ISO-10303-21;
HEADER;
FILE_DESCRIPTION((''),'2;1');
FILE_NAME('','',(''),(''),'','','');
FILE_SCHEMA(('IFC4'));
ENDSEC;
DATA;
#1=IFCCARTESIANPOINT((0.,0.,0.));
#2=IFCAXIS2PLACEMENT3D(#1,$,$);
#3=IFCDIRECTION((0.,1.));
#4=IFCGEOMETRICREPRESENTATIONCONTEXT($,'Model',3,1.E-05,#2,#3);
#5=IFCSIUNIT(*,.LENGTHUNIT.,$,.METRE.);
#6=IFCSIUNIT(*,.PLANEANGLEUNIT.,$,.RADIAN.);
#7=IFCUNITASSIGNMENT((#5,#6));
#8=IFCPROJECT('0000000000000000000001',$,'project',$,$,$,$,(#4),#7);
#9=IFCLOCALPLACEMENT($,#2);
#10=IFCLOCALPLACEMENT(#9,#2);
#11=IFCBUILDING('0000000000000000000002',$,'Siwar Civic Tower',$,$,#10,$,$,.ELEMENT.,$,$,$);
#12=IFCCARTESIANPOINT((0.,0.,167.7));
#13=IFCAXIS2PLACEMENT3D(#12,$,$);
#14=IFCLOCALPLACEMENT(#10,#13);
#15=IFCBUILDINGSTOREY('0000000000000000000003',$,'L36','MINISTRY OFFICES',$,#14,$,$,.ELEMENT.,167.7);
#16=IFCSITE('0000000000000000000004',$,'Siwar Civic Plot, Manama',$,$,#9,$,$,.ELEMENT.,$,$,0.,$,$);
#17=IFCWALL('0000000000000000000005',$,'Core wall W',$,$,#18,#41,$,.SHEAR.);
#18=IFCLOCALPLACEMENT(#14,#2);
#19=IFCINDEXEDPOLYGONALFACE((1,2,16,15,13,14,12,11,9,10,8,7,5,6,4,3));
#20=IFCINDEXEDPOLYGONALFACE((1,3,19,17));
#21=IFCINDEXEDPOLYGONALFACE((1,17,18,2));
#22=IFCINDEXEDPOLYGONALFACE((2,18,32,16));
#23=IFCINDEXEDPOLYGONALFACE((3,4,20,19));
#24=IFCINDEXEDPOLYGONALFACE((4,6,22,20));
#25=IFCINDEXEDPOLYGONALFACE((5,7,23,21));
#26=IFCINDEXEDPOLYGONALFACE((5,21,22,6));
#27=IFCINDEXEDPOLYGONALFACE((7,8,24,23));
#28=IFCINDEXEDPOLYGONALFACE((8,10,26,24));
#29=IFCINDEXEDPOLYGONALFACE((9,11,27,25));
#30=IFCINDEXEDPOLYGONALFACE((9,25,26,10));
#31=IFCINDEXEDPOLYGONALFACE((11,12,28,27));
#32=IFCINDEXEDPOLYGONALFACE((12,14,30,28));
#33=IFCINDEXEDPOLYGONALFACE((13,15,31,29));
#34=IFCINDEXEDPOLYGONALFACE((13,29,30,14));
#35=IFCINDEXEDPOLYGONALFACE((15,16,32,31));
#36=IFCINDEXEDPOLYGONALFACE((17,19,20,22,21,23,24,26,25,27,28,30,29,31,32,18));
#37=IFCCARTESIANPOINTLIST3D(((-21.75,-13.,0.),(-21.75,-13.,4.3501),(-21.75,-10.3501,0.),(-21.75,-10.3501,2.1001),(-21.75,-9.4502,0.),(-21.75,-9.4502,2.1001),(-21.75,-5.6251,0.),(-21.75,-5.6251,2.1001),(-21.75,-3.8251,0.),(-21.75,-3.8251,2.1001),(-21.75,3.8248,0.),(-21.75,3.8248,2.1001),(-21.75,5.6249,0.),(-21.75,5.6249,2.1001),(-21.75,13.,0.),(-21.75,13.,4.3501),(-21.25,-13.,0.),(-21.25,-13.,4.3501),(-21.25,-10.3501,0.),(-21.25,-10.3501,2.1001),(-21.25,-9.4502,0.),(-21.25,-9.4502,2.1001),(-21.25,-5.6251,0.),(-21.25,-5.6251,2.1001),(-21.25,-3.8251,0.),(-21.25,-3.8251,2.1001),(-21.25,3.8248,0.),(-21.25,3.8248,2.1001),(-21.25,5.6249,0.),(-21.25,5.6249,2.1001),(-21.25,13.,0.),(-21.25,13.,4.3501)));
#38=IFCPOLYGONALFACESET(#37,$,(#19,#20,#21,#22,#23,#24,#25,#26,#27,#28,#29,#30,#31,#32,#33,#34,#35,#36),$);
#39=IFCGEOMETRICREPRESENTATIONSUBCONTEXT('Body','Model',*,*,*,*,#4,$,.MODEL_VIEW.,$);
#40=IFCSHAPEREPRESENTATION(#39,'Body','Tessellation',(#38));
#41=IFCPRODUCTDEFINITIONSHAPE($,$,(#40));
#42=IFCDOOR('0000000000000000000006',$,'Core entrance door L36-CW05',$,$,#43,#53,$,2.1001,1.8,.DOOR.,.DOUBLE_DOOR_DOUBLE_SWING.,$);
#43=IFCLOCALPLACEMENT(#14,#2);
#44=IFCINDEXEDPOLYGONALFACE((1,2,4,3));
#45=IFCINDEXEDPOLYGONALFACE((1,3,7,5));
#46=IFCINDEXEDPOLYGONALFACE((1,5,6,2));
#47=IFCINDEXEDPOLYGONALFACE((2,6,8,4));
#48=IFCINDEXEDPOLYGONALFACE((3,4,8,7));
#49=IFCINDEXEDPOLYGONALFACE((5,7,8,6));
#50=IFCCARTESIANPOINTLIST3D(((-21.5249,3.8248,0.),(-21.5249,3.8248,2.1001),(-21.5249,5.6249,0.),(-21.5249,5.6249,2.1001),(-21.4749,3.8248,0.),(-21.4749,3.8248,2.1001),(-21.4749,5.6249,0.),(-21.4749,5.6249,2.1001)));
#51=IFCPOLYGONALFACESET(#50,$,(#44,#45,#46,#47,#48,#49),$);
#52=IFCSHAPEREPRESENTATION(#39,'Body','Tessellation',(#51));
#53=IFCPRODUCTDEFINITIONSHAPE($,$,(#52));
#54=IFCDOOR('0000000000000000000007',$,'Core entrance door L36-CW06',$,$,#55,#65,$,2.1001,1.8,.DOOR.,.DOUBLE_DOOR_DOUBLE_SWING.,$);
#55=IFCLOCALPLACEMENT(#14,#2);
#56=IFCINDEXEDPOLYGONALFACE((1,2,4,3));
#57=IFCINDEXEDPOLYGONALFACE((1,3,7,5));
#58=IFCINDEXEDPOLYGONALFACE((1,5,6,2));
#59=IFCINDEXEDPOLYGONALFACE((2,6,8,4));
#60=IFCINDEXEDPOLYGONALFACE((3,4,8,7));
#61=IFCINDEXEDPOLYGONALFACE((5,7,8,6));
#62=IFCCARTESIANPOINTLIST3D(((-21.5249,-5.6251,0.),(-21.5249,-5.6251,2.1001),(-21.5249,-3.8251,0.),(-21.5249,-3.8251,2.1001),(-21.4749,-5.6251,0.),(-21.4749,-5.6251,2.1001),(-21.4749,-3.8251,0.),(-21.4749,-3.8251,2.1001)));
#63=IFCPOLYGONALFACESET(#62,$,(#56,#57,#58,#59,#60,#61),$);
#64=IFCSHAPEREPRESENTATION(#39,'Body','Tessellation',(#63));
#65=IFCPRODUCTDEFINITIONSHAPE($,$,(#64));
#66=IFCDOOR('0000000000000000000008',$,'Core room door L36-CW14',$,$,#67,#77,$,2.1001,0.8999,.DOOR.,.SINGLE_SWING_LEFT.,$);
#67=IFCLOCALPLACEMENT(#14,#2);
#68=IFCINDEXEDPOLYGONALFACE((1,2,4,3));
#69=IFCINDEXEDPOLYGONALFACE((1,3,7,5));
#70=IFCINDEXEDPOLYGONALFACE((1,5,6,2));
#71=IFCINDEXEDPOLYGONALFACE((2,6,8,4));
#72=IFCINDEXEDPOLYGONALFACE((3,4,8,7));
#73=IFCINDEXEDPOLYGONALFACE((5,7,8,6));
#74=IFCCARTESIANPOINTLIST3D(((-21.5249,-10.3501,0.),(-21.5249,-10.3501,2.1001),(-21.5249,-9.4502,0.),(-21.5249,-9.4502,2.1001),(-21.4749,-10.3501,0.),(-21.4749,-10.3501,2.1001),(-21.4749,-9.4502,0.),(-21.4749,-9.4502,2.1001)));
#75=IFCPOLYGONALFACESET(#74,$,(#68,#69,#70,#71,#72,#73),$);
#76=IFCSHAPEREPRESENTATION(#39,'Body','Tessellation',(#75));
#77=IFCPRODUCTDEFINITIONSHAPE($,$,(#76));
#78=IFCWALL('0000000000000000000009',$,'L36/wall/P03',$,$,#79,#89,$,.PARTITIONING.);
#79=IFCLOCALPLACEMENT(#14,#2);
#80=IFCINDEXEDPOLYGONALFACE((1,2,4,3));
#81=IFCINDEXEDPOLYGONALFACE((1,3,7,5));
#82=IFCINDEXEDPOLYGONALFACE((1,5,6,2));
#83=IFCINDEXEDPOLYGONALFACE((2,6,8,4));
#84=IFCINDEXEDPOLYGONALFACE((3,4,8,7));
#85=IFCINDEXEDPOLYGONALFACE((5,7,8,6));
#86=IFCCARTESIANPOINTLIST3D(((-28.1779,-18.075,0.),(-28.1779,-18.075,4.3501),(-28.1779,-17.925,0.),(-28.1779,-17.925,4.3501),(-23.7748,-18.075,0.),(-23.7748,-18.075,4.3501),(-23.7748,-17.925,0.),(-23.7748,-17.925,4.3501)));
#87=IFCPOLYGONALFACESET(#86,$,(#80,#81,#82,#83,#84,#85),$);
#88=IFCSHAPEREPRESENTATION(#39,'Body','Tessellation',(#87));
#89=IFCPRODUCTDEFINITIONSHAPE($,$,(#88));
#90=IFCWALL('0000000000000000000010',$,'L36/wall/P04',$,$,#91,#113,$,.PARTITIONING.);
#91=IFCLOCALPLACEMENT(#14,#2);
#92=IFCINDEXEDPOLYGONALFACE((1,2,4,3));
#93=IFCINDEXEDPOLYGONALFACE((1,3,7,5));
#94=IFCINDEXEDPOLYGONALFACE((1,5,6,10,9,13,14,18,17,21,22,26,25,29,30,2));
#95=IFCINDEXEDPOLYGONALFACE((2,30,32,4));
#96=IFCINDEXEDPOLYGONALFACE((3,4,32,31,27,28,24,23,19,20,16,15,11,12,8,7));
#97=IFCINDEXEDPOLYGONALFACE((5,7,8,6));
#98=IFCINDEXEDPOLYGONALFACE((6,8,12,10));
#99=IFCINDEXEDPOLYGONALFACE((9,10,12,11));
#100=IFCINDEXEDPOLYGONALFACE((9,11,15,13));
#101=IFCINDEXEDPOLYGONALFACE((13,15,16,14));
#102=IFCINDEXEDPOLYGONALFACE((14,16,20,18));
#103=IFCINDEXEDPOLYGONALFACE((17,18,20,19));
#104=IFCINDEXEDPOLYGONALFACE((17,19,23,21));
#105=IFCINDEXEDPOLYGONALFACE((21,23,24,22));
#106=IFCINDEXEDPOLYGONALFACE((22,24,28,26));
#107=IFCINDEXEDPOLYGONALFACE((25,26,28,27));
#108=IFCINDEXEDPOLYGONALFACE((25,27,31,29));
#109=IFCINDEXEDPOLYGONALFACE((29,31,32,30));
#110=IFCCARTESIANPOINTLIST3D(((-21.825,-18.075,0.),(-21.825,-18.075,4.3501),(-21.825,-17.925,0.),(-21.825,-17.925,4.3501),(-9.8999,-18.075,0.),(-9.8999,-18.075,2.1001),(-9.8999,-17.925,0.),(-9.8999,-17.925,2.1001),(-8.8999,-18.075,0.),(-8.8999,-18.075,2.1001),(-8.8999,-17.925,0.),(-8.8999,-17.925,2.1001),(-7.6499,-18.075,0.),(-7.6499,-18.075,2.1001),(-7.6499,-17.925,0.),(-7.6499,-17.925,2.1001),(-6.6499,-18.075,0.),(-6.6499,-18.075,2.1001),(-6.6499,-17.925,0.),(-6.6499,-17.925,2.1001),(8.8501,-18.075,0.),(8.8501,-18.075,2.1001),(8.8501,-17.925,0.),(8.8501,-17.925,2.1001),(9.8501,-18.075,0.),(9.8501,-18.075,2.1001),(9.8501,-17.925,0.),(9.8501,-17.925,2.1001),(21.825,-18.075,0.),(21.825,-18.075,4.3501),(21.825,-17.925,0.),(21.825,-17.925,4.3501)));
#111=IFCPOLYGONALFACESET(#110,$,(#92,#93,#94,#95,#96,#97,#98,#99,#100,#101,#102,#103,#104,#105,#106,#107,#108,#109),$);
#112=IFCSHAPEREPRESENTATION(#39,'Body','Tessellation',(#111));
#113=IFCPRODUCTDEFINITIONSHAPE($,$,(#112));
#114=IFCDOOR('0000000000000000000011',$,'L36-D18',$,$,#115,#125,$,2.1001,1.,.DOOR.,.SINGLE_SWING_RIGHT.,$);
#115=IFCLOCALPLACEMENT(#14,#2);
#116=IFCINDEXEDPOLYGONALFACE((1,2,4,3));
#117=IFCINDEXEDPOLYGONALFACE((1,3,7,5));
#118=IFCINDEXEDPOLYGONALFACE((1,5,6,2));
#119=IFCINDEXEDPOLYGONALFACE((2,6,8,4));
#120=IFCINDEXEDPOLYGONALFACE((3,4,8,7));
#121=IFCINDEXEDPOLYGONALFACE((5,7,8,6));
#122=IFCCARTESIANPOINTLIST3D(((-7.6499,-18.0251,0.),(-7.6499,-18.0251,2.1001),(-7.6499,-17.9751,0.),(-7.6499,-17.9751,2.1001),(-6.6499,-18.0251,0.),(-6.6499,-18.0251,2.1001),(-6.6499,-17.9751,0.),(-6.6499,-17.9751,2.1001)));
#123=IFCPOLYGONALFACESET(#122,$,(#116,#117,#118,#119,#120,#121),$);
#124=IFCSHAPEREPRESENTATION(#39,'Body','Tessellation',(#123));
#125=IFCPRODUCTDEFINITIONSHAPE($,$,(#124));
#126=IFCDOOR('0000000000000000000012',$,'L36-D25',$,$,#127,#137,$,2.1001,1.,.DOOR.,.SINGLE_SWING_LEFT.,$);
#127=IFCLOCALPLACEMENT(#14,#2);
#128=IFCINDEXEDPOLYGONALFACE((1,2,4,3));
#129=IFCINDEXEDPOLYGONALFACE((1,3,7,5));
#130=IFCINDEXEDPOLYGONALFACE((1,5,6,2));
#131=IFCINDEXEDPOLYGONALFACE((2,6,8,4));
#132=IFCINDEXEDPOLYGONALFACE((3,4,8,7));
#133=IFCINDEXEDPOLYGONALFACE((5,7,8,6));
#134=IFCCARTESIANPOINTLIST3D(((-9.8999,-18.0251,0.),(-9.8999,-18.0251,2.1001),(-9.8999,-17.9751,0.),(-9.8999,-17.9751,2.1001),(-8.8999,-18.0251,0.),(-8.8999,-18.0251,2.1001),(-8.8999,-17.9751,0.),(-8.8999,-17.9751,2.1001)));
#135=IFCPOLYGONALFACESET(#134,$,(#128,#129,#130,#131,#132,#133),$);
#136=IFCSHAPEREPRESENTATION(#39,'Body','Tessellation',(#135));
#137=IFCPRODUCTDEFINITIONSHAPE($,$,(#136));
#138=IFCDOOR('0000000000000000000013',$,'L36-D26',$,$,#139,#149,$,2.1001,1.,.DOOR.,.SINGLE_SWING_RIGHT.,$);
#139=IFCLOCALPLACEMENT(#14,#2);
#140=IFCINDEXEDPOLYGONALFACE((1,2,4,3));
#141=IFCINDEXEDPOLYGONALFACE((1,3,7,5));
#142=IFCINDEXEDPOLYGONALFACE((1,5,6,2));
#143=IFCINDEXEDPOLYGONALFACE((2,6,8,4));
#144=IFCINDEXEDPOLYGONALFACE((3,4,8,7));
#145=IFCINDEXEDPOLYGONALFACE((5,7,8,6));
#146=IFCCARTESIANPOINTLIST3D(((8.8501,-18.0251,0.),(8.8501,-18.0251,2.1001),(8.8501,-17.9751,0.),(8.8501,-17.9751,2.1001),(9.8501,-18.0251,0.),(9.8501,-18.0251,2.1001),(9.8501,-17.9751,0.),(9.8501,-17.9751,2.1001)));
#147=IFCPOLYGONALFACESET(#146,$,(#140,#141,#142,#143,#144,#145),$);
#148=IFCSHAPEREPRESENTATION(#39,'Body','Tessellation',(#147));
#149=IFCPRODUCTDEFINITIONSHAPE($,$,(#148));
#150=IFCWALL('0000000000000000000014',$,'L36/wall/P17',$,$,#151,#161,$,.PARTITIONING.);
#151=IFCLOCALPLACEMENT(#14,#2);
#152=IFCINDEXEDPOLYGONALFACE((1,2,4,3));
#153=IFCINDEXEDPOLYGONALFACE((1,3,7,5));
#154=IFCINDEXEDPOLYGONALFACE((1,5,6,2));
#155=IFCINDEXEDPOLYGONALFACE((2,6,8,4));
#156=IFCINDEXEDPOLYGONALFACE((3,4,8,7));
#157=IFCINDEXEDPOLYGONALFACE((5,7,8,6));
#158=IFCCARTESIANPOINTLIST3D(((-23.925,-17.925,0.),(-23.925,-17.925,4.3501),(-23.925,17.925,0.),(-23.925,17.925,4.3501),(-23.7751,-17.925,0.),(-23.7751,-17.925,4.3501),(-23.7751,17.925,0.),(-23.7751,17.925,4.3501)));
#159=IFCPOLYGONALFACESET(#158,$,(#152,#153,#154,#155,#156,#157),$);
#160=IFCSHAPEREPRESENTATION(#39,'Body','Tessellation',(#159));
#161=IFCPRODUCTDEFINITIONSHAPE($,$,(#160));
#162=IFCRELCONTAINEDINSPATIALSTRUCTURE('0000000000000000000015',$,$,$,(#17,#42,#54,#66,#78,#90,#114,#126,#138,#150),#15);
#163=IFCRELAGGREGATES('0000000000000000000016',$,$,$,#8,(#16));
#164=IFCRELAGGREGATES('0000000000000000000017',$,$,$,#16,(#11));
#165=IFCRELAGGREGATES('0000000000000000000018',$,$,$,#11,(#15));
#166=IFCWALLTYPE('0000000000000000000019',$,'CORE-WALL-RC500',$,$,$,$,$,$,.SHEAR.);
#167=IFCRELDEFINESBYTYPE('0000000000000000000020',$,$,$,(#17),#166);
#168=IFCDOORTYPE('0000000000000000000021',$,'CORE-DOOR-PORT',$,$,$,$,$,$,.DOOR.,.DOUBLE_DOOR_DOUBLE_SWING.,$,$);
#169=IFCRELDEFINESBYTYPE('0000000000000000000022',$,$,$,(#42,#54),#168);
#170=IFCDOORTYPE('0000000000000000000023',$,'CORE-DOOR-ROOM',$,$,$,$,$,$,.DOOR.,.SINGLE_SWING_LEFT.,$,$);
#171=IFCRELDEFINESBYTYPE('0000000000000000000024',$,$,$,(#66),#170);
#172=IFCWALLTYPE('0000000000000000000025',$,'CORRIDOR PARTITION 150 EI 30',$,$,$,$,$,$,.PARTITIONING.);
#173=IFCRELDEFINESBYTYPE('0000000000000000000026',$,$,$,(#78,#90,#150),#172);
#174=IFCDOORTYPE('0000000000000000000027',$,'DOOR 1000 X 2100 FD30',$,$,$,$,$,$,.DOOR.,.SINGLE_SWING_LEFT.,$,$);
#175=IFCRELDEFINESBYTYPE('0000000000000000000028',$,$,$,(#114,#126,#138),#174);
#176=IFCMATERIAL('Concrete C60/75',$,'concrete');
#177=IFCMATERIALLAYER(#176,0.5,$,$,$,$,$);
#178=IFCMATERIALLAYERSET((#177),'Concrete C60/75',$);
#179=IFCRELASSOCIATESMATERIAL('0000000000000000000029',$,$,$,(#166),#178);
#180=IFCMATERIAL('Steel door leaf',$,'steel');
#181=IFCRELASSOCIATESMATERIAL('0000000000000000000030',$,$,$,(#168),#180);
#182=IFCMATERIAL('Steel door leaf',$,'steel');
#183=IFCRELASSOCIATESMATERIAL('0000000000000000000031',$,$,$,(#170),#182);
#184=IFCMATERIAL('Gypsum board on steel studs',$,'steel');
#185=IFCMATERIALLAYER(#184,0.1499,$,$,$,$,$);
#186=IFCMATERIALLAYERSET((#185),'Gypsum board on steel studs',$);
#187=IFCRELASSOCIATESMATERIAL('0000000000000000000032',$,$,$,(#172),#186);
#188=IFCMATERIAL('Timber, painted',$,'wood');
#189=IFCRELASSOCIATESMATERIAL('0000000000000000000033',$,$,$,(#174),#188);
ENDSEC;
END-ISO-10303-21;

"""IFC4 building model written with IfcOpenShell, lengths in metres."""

from ifc_helpers import new_model, si_unit, direction, frame, frame_2d, origin, place, context, subcontext, project, spatial, rectangle, extrude, material, layer, layer_set, type_object, element, fill, save


model = new_model("IFC4")

# Units and contexts
model_context = context("Model", 3, precision=1e-05, world=origin(), true_north=direction((0.0, 1.0)))
body_context = subcontext(model_context, "Body", "Model", "MODEL_VIEW")
ifc_project = project(units=[si_unit("LENGTHUNIT", "METRE"), si_unit("PLANEANGLEUNIT", "RADIAN")], contexts=[model_context])

# Site, building, storey
site_placement = place(None, origin())
site = spatial("IfcSite", under=ifc_project, at=site_placement, Name="Siwar Civic Plot, Manama", CompositionType="ELEMENT", RefElevation=0.0)
building_placement = place(site_placement, origin())
building = spatial("IfcBuilding", under=site, at=building_placement, Name="Siwar Civic Tower", CompositionType="ELEMENT")
storey_placement = place(building_placement, frame((0.0, 0.0, 167.7)))
storey = spatial("IfcBuildingStorey", under=building, at=storey_placement, Name="L36", Description="MINISTRY OFFICES", CompositionType="ELEMENT", Elevation=167.7)

# Wall, openings, doors
ifc_material_1 = material(Name="Concrete C60/75", Category="concrete")
ifc_layer_1 = layer(ifc_material_1, 0.5)
ifc_layer_set_1 = layer_set([ifc_layer_1], Name="Concrete C60/75")
wall_type_1 = type_object("IfcWallType", Name="CORE-WALL-RC500", PredefinedType="SHEAR", material=ifc_layer_set_1)
wall_1_placement = place(storey_placement, frame((-21.5, -13.0, 0.0), z_axis=(0.0, 0.0, 1.0), x_axis=(0.0, 1.0, 0.0)))
wall_1 = element("IfcWall", 1, at=wall_1_placement, inside=storey, type_object=wall_type_1, Name="Core wall W", PredefinedType="SHEAR", context=body_context, shape_type="SweptSolid", body=[
    extrude(rectangle(XDim=26.0, YDim=0.5, at=frame_2d((13.0, 0.0))), origin(), (0.0, 0.0, 1.0), 4.3501),
])
opening_1_placement = place(wall_1_placement, frame((16.825, 0.0, 0.0)))
opening_1 = element("IfcOpeningElement", 2, at=opening_1_placement, cuts=wall_1, PredefinedType="OPENING", context=body_context, shape_type="SweptSolid", body=[
    extrude(rectangle(XDim=1.8, YDim=2.1001, at=frame_2d((0.8999, 1.05))), frame((0.0, 0.26, 0.0), z_axis=(0.0, -1.0, 0.0), x_axis=(1.0, 0.0, 0.0)), (0.0, 0.0, 1.0), 0.52),
])
opening_2_placement = place(wall_1_placement, frame((7.375, 0.0, 0.0)))
opening_2 = element("IfcOpeningElement", 3, at=opening_2_placement, cuts=wall_1, PredefinedType="OPENING", context=body_context, shape_type="SweptSolid", body=[
    extrude(rectangle(XDim=1.8, YDim=2.1001, at=frame_2d((0.8999, 1.05))), frame((0.0, 0.26, 0.0), z_axis=(0.0, -1.0, 0.0), x_axis=(1.0, 0.0, 0.0)), (0.0, 0.0, 1.0), 0.52),
])
opening_3_placement = place(wall_1_placement, frame((2.6499, 0.0, 0.0)))
opening_3 = element("IfcOpeningElement", 4, at=opening_3_placement, cuts=wall_1, PredefinedType="OPENING", context=body_context, shape_type="SweptSolid", body=[
    extrude(rectangle(XDim=0.8999, YDim=2.1001, at=frame_2d((0.45, 1.05))), frame((0.0, 0.26, 0.0), z_axis=(0.0, -1.0, 0.0), x_axis=(1.0, 0.0, 0.0)), (0.0, 0.0, 1.0), 0.52),
])
ifc_material_2 = material(Name="Steel door leaf", Category="steel")
door_type_1 = type_object("IfcDoorType", Name="CORE-DOOR-PORT", OperationType="DOUBLE_DOOR_DOUBLE_SWING", PredefinedType="DOOR", material=ifc_material_2)
door_1_placement = place(opening_1_placement, origin())
door_1 = element("IfcDoor", 5, at=door_1_placement, inside=storey, type_object=door_type_1, Name="Core entrance door L36-CW05", OperationType="DOUBLE_DOOR_DOUBLE_SWING", OverallHeight=2.1001, OverallWidth=1.8, PredefinedType="DOOR", context=body_context, shape_type="SweptSolid", body=[
    extrude(rectangle(XDim=1.8, YDim=2.1001, at=frame_2d((0.8999, 1.05))), frame((0.0, 0.0249, 0.0), z_axis=(0.0, -1.0, 0.0), x_axis=(1.0, 0.0, 0.0)), (0.0, 0.0, 1.0), 0.05),
])
fill(opening_1, door_1)
door_2_placement = place(opening_2_placement, origin())
door_2 = element("IfcDoor", 6, at=door_2_placement, inside=storey, type_object=door_type_1, Name="Core entrance door L36-CW06", OperationType="DOUBLE_DOOR_DOUBLE_SWING", OverallHeight=2.1001, OverallWidth=1.8, PredefinedType="DOOR", context=body_context, shape_type="SweptSolid", body=[
    extrude(rectangle(XDim=1.8, YDim=2.1001, at=frame_2d((0.8999, 1.05))), frame((0.0, 0.0249, 0.0), z_axis=(0.0, -1.0, 0.0), x_axis=(1.0, 0.0, 0.0)), (0.0, 0.0, 1.0), 0.05),
])
fill(opening_2, door_2)
ifc_material_3 = material(Name="Steel door leaf", Category="steel")
door_type_2 = type_object("IfcDoorType", Name="CORE-DOOR-ROOM", OperationType="SINGLE_SWING_LEFT", PredefinedType="DOOR", material=ifc_material_3)
door_3_placement = place(opening_3_placement, origin())
door_3 = element("IfcDoor", 7, at=door_3_placement, inside=storey, type_object=door_type_2, Name="Core room door L36-CW14", OperationType="SINGLE_SWING_LEFT", OverallHeight=2.1001, OverallWidth=0.8999, PredefinedType="DOOR", context=body_context, shape_type="SweptSolid", body=[
    extrude(rectangle(XDim=0.8999, YDim=2.1001, at=frame_2d((0.45, 1.05))), frame((0.0, 0.0249, 0.0), z_axis=(0.0, -1.0, 0.0), x_axis=(1.0, 0.0, 0.0)), (0.0, 0.0, 1.0), 0.05),
])
fill(opening_3, door_3)

# Wall
ifc_material_4 = material(Name="Gypsum board on steel studs", Category="steel")
ifc_layer_2 = layer(ifc_material_4, 0.1499)
ifc_layer_set_2 = layer_set([ifc_layer_2], Name="Gypsum board on steel studs")
wall_type_2 = type_object("IfcWallType", Name="CORRIDOR PARTITION 150 EI 30", PredefinedType="PARTITIONING", material=ifc_layer_set_2)
wall_2_placement = place(storey_placement, frame((-28.178, -18.0, 0.0), z_axis=(0.0, 0.0, 1.0), x_axis=(1.0, 0.0, 0.0)))
element("IfcWall", 8, at=wall_2_placement, inside=storey, type_object=wall_type_2, Name="L36/wall/P03", PredefinedType="PARTITIONING", context=body_context, shape_type="SweptSolid", body=[
    extrude(rectangle(XDim=4.4031, YDim=0.1499, at=frame_2d((2.2017, 0.0))), origin(), (0.0, 0.0, 1.0), 4.3501),
])

# Wall, openings, doors
wall_3_placement = place(storey_placement, frame((-21.825, -18.0, 0.0), z_axis=(0.0, 0.0, 1.0), x_axis=(1.0, 0.0, 0.0)))
wall_3 = element("IfcWall", 9, at=wall_3_placement, inside=storey, type_object=wall_type_2, Name="L36/wall/P04", PredefinedType="PARTITIONING", context=body_context, shape_type="SweptSolid", body=[
    extrude(rectangle(XDim=43.6499, YDim=0.1499, at=frame_2d((21.825, 0.0))), origin(), (0.0, 0.0, 1.0), 4.3501),
])
opening_4_placement = place(wall_3_placement, frame((14.175, 0.0, 0.0)))
opening_4 = element("IfcOpeningElement", 10, at=opening_4_placement, cuts=wall_3, PredefinedType="OPENING", context=body_context, shape_type="SweptSolid", body=[
    extrude(rectangle(XDim=1.0, YDim=2.1001, at=frame_2d((0.5, 1.05))), frame((0.0, 0.085, 0.0), z_axis=(0.0, -1.0, 0.0), x_axis=(1.0, 0.0, 0.0)), (0.0, 0.0, 1.0), 0.1699),
])
opening_5_placement = place(wall_3_placement, frame((11.925, 0.0, 0.0)))
opening_5 = element("IfcOpeningElement", 11, at=opening_5_placement, cuts=wall_3, PredefinedType="OPENING", context=body_context, shape_type="SweptSolid", body=[
    extrude(rectangle(XDim=1.0, YDim=2.1001, at=frame_2d((0.5, 1.05))), frame((0.0, 0.085, 0.0), z_axis=(0.0, -1.0, 0.0), x_axis=(1.0, 0.0, 0.0)), (0.0, 0.0, 1.0), 0.1699),
])
opening_6_placement = place(wall_3_placement, frame((30.675, 0.0, 0.0)))
opening_6 = element("IfcOpeningElement", 12, at=opening_6_placement, cuts=wall_3, PredefinedType="OPENING", context=body_context, shape_type="SweptSolid", body=[
    extrude(rectangle(XDim=1.0, YDim=2.1001, at=frame_2d((0.5, 1.05))), frame((0.0, 0.085, 0.0), z_axis=(0.0, -1.0, 0.0), x_axis=(1.0, 0.0, 0.0)), (0.0, 0.0, 1.0), 0.1699),
])
ifc_material_5 = material(Name="Timber, painted", Category="wood")
door_type_3 = type_object("IfcDoorType", Name="DOOR 1000 X 2100 FD30", OperationType="SINGLE_SWING_LEFT", PredefinedType="DOOR", material=ifc_material_5)
door_4_placement = place(opening_4_placement, origin())
door_4 = element("IfcDoor", 13, at=door_4_placement, inside=storey, type_object=door_type_3, Name="L36-D18", OperationType="SINGLE_SWING_RIGHT", OverallHeight=2.1001, OverallWidth=1.0, PredefinedType="DOOR", context=body_context, shape_type="SweptSolid", body=[
    extrude(rectangle(XDim=1.0, YDim=2.1001, at=frame_2d((0.5, 1.05))), frame((0.0, 0.0249, 0.0), z_axis=(0.0, -1.0, 0.0), x_axis=(1.0, 0.0, 0.0)), (0.0, 0.0, 1.0), 0.05),
])
fill(opening_4, door_4)
door_5_placement = place(opening_5_placement, origin())
door_5 = element("IfcDoor", 14, at=door_5_placement, inside=storey, type_object=door_type_3, Name="L36-D25", OperationType="SINGLE_SWING_LEFT", OverallHeight=2.1001, OverallWidth=1.0, PredefinedType="DOOR", context=body_context, shape_type="SweptSolid", body=[
    extrude(rectangle(XDim=1.0, YDim=2.1001, at=frame_2d((0.5, 1.05))), frame((0.0, 0.0249, 0.0), z_axis=(0.0, -1.0, 0.0), x_axis=(1.0, 0.0, 0.0)), (0.0, 0.0, 1.0), 0.05),
])
fill(opening_5, door_5)
door_6_placement = place(opening_6_placement, origin())
door_6 = element("IfcDoor", 15, at=door_6_placement, inside=storey, type_object=door_type_3, Name="L36-D26", OperationType="SINGLE_SWING_RIGHT", OverallHeight=2.1001, OverallWidth=1.0, PredefinedType="DOOR", context=body_context, shape_type="SweptSolid", body=[
    extrude(rectangle(XDim=1.0, YDim=2.1001, at=frame_2d((0.5, 1.05))), frame((0.0, 0.0249, 0.0), z_axis=(0.0, -1.0, 0.0), x_axis=(1.0, 0.0, 0.0)), (0.0, 0.0, 1.0), 0.05),
])
fill(opening_6, door_6)

# Wall
wall_4_placement = place(storey_placement, frame((-23.8501, -17.925, 0.0), z_axis=(0.0, 0.0, 1.0), x_axis=(0.0, 1.0, 0.0)))
element("IfcWall", 16, at=wall_4_placement, inside=storey, type_object=wall_type_2, Name="L36/wall/P17", PredefinedType="PARTITIONING", context=body_context, shape_type="SweptSolid", body=[
    extrude(rectangle(XDim=35.8501, YDim=0.1499, at=frame_2d((17.925, 0.0))), origin(), (0.0, 0.0, 1.0), 4.3501),
])

save(model, "model.ifc")
